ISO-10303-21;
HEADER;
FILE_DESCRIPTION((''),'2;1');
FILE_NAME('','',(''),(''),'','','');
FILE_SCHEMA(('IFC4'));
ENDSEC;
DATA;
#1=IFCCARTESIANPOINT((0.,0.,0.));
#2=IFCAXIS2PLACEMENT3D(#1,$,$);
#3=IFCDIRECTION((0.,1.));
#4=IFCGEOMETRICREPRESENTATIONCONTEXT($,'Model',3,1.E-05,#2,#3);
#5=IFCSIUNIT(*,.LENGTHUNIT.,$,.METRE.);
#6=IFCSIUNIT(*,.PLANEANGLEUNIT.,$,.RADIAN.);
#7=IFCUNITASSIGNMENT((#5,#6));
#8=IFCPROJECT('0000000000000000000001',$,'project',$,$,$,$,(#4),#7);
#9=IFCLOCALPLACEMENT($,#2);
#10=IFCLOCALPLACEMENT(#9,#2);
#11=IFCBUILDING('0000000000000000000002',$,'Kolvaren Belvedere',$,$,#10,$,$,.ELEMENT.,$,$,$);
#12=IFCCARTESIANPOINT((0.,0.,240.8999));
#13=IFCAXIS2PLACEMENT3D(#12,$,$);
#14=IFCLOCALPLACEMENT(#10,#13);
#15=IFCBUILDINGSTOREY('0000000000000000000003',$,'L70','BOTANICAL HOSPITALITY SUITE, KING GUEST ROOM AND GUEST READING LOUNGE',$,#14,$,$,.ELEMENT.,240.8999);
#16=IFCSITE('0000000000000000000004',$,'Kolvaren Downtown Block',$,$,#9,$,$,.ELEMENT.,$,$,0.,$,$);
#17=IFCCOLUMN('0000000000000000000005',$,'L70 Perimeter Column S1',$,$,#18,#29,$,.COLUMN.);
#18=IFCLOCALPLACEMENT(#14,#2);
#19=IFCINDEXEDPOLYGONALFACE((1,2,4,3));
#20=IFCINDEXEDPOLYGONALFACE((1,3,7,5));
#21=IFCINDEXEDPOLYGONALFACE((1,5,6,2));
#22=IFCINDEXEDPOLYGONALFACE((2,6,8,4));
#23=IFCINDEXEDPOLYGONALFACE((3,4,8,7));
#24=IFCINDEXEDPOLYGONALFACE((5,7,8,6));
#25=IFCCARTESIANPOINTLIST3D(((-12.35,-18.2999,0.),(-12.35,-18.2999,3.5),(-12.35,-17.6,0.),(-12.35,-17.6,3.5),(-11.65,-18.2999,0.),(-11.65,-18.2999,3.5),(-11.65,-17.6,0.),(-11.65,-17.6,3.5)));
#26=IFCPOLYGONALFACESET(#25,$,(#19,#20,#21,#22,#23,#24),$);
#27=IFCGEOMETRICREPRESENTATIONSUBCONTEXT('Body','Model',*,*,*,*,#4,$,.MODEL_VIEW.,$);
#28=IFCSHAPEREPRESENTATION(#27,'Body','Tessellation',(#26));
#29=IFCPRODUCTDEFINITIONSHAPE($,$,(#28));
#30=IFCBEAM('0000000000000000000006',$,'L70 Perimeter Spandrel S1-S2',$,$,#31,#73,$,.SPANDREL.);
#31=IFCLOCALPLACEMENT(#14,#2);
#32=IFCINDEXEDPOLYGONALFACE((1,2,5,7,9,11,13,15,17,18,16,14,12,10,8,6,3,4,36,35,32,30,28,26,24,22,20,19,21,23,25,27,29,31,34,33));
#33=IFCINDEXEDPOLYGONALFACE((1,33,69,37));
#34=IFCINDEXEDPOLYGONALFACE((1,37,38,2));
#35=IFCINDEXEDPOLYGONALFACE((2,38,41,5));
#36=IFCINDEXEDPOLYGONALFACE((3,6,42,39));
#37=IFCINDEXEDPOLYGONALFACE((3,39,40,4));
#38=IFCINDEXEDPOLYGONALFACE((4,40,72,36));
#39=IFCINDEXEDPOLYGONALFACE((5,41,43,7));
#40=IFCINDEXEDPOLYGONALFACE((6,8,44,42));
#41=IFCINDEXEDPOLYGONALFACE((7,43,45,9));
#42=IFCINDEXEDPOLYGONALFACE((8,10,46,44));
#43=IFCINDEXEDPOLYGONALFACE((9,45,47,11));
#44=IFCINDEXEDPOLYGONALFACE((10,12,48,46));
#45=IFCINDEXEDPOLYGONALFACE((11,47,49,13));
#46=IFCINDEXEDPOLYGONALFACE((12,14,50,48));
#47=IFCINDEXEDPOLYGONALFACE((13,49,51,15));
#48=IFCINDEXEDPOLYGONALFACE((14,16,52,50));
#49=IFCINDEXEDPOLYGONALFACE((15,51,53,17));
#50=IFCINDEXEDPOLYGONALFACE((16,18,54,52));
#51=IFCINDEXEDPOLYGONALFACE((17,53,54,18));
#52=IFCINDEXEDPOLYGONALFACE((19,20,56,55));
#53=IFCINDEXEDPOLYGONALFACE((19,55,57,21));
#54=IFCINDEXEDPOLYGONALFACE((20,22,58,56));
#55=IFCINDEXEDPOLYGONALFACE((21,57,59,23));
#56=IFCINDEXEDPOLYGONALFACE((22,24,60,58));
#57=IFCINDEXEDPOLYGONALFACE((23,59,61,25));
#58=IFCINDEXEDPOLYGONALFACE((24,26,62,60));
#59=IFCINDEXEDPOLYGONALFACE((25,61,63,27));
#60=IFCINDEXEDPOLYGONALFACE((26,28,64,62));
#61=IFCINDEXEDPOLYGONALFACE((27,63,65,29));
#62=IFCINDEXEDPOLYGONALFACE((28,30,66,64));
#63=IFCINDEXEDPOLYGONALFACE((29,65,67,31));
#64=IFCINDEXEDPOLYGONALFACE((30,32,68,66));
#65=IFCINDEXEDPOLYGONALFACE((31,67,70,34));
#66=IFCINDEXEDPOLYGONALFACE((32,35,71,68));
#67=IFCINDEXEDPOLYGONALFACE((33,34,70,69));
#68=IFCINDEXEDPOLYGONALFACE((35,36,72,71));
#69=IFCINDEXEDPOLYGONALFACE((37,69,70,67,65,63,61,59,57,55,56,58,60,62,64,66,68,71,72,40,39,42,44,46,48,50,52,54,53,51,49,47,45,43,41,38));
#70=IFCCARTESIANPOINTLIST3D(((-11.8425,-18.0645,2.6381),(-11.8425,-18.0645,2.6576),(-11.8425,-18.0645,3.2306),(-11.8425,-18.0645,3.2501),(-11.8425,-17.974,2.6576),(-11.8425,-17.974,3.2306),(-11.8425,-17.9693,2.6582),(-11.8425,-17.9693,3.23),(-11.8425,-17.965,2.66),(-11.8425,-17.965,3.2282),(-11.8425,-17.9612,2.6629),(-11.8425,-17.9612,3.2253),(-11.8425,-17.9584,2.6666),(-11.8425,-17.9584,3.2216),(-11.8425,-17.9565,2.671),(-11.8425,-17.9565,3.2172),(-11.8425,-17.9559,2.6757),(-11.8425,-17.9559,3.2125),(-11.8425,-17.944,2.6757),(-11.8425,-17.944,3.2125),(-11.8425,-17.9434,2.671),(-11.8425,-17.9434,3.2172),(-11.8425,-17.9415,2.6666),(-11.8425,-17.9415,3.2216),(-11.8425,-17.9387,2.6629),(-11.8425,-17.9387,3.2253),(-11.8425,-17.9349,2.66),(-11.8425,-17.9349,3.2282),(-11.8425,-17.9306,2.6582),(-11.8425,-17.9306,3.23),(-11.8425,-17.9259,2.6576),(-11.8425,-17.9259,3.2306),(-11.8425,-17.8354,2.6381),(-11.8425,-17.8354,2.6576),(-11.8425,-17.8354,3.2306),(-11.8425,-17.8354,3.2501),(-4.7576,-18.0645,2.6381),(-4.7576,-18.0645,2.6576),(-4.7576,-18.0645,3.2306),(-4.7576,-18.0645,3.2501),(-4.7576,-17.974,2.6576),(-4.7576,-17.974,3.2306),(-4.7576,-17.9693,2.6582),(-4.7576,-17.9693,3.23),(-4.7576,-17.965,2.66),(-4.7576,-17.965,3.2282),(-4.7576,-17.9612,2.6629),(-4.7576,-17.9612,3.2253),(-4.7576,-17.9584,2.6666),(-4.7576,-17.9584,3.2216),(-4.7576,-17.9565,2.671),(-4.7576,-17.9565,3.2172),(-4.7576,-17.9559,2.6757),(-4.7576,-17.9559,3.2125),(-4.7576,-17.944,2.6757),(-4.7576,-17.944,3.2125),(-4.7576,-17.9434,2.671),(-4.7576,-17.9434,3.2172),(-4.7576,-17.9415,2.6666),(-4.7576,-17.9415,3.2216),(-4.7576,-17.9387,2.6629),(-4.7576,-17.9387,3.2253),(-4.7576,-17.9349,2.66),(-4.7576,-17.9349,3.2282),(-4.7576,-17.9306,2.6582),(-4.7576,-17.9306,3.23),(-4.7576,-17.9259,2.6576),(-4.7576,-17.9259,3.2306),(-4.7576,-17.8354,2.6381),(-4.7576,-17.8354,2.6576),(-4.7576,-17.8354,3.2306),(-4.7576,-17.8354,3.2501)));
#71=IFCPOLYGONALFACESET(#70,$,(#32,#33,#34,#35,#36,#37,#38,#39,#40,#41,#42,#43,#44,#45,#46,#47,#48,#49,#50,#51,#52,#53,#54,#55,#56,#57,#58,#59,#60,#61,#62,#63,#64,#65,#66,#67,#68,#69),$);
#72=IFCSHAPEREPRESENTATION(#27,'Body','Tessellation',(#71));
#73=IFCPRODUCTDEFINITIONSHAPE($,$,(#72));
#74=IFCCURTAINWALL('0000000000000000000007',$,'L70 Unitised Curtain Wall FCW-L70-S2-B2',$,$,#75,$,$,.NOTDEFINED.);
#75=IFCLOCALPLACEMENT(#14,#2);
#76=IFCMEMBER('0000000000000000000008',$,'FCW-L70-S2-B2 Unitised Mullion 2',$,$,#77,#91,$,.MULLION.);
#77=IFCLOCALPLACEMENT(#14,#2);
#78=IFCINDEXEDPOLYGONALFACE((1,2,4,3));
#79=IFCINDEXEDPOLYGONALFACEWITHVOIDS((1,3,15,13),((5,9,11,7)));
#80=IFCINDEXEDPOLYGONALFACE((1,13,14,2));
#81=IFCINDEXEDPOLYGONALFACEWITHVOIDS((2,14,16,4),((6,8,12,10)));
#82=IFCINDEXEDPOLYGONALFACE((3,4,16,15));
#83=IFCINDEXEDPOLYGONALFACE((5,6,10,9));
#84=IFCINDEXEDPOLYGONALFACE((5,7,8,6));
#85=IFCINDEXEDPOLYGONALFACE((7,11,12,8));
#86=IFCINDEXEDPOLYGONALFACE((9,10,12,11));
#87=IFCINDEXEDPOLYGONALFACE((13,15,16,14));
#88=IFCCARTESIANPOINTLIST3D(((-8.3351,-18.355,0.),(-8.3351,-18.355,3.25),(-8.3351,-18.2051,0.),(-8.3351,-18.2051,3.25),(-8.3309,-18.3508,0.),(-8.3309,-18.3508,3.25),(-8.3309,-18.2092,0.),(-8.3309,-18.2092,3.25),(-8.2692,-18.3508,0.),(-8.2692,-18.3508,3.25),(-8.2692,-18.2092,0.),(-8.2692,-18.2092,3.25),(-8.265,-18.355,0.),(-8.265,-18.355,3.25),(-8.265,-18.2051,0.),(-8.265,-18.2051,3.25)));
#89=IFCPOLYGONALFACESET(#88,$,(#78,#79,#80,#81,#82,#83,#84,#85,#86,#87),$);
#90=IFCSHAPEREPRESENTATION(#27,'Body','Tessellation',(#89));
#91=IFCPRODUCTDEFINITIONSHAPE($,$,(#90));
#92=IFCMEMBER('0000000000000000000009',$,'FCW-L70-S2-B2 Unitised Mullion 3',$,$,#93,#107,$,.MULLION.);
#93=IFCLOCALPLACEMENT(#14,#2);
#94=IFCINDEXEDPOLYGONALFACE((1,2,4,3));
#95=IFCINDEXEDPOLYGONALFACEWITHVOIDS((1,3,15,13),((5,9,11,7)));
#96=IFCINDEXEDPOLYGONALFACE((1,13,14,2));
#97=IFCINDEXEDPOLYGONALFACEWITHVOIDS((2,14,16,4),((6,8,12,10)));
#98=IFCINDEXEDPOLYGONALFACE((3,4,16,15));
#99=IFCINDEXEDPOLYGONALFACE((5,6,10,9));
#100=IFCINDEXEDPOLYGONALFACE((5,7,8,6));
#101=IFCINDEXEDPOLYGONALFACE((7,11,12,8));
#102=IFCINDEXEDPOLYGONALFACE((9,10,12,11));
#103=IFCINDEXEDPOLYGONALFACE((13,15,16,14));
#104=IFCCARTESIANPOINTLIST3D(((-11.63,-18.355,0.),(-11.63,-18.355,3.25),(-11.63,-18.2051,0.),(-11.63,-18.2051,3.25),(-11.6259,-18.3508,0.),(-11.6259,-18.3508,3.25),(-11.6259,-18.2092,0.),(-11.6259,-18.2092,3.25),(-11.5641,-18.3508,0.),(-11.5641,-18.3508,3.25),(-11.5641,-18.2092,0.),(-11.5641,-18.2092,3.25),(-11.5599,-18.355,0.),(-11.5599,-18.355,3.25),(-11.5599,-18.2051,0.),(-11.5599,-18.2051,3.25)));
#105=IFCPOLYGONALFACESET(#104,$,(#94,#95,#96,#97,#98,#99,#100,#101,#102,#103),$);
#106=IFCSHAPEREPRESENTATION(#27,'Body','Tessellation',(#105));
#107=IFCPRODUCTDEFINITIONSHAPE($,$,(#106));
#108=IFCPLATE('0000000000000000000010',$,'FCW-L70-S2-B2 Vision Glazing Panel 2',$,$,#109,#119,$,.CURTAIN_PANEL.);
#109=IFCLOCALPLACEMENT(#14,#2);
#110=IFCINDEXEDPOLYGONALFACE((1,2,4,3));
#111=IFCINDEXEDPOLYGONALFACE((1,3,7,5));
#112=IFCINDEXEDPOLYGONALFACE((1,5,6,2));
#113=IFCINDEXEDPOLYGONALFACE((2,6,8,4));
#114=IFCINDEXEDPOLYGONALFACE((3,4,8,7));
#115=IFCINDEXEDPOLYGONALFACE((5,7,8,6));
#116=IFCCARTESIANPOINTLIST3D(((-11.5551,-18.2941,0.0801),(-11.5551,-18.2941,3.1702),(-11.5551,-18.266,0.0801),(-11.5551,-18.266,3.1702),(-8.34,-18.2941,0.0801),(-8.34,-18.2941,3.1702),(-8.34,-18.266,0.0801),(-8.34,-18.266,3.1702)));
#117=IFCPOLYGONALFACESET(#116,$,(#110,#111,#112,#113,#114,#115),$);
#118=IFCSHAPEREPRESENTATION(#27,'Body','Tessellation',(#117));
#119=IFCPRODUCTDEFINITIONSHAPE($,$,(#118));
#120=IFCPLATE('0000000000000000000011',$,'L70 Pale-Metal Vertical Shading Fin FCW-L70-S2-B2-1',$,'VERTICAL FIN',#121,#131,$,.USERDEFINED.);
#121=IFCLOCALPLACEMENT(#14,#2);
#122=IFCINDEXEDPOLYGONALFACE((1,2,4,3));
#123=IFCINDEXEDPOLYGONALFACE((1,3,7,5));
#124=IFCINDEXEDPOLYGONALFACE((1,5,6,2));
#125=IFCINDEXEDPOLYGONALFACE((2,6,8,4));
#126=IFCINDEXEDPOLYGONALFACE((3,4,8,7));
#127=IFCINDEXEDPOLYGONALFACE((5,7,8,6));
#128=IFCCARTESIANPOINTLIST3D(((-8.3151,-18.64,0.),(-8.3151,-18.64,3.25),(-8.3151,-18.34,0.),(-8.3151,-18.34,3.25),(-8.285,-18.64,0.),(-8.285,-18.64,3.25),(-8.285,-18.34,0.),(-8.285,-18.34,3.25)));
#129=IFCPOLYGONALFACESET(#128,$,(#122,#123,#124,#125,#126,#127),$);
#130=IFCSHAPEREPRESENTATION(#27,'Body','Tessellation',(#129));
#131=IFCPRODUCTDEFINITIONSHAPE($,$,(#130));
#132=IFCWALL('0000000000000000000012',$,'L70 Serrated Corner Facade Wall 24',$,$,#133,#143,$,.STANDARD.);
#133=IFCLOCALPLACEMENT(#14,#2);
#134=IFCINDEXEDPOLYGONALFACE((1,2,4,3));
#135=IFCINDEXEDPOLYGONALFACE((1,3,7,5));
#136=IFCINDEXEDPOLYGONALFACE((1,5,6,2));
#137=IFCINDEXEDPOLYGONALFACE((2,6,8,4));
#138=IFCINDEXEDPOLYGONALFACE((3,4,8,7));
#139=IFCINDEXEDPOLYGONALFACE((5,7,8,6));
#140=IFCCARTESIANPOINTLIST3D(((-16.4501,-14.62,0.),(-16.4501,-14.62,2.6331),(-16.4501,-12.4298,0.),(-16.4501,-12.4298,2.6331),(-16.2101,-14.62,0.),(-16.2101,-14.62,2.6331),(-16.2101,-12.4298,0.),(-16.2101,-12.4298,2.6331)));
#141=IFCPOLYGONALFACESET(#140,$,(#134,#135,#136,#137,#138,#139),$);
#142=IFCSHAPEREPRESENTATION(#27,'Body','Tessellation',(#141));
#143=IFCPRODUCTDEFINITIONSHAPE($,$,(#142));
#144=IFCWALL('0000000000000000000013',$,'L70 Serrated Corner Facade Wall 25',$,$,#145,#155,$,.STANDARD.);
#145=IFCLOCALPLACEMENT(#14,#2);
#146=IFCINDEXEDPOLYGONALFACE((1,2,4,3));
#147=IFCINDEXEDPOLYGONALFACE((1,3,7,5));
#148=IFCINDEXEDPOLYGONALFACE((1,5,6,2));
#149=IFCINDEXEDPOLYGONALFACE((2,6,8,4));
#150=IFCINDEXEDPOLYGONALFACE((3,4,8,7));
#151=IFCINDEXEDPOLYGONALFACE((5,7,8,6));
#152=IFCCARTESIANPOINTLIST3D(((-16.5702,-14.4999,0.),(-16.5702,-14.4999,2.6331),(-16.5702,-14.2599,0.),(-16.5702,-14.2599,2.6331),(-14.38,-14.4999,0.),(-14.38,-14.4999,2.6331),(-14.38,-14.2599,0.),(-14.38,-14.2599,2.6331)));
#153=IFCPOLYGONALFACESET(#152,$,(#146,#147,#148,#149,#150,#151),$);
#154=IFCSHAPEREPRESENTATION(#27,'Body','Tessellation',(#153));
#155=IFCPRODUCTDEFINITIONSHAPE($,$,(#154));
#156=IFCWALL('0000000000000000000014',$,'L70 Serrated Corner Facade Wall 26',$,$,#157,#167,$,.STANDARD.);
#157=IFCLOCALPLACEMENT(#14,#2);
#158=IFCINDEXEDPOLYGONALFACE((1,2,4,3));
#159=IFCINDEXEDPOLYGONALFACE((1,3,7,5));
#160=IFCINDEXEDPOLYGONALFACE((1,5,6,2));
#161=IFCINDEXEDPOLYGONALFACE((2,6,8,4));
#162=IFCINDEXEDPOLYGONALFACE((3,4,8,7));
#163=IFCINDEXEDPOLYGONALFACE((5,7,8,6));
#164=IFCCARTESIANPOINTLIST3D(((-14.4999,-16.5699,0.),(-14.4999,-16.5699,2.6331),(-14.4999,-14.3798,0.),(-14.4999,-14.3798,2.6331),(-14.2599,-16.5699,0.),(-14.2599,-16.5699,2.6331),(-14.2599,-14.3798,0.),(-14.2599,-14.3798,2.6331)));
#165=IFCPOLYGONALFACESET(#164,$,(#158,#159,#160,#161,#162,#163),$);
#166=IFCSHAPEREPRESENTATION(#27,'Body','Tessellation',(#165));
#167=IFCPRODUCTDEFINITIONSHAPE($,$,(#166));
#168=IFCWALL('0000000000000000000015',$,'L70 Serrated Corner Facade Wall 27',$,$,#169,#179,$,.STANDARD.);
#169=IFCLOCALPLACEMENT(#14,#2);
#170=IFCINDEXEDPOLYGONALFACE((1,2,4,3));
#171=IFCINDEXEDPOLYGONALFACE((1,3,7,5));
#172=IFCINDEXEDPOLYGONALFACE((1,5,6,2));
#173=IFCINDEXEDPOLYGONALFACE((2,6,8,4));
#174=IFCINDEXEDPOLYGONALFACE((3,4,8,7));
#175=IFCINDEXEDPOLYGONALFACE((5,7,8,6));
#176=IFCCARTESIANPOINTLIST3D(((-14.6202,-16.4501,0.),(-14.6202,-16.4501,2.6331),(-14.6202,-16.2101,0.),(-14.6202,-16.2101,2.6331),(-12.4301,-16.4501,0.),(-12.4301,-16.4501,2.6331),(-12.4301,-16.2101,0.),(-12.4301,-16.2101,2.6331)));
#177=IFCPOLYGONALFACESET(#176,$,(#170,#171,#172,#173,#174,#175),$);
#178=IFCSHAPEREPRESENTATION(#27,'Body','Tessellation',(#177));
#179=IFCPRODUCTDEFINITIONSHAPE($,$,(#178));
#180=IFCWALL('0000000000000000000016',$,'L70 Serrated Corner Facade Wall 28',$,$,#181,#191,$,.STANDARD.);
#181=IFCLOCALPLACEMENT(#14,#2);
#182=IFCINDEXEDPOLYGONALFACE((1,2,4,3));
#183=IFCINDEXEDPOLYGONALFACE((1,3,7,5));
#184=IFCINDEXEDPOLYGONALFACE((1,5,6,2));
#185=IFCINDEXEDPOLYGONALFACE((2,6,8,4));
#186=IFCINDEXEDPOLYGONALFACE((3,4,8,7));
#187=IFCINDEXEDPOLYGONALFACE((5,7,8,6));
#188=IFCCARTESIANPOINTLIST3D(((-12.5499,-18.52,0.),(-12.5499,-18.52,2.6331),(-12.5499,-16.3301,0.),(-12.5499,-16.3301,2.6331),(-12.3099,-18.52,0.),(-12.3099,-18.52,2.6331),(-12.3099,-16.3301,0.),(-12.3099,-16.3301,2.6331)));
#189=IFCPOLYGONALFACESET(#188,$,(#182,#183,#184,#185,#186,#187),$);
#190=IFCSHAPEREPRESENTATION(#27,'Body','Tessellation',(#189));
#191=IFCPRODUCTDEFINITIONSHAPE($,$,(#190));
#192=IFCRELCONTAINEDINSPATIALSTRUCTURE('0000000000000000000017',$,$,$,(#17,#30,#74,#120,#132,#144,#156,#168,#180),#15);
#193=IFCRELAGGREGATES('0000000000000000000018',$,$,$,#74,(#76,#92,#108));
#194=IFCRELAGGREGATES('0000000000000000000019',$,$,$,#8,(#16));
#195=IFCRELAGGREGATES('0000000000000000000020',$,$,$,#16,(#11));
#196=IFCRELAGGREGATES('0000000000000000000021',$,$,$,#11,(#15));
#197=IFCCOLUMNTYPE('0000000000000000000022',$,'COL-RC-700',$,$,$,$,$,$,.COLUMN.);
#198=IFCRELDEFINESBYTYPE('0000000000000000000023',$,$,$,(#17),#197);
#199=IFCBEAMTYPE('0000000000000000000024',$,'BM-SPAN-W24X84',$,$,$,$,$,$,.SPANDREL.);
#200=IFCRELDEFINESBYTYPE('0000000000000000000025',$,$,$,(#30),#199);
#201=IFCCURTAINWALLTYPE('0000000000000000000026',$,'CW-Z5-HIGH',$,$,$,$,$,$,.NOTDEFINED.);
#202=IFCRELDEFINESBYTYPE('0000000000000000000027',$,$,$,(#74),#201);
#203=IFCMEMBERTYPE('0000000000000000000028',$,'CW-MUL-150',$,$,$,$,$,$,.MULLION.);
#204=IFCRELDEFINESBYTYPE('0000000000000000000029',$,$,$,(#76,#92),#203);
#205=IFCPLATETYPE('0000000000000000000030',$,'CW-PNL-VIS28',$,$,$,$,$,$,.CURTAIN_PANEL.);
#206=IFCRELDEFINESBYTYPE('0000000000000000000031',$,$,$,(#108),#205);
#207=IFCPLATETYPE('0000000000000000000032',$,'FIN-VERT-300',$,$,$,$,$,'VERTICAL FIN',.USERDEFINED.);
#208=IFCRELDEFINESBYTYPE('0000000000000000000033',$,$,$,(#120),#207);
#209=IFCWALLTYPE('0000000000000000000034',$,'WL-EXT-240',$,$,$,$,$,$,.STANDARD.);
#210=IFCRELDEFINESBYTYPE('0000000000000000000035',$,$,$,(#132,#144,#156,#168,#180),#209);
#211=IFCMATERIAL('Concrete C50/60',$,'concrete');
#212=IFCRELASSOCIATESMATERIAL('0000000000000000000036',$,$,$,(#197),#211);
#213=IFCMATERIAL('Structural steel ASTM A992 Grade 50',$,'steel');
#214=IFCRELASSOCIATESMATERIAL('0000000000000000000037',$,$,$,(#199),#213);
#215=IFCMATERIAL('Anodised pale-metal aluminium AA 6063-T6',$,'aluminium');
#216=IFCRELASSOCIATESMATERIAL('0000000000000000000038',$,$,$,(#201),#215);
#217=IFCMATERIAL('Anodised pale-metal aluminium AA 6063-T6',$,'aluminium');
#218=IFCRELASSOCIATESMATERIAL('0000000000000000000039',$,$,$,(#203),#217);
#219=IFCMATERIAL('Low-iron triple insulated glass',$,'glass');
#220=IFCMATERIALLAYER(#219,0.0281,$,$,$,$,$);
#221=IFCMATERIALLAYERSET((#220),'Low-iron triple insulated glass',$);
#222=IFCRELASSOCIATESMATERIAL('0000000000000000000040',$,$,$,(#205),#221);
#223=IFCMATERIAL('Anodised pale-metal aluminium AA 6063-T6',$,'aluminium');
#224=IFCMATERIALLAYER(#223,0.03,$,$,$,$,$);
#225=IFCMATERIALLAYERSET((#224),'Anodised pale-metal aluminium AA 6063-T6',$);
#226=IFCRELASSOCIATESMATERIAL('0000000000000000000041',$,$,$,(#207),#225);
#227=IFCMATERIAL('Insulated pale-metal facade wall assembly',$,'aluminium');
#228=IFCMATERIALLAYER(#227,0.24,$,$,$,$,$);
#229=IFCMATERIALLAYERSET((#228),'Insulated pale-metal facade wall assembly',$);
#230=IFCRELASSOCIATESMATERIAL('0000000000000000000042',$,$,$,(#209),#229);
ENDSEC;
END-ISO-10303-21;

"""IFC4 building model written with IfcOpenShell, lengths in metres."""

from ifc_helpers import new_model, si_unit, direction, frame, frame_2d, origin, origin_2d, place, context, subcontext, project, spatial, rectangle, hollow_rectangle, i_section, extrude, material, layer, layer_set, material_profile, profile_set, type_object, element, aggregate, save


model = new_model("IFC4")

# Units and contexts
model_context = context("Model", 3, precision=1e-05, world=origin(), true_north=direction((0.0, 1.0)))
body_context = subcontext(model_context, "Body", "Model", "MODEL_VIEW")
ifc_project = project(units=[si_unit("LENGTHUNIT", "METRE"), si_unit("PLANEANGLEUNIT", "RADIAN")], contexts=[model_context])

# Site, building, storey
site_placement = place(None, origin())
site = spatial("IfcSite", under=ifc_project, at=site_placement, Name="Kolvaren Downtown Block", CompositionType="ELEMENT", RefElevation=0.0)
building_placement = place(site_placement, origin())
building = spatial("IfcBuilding", under=site, at=building_placement, Name="Kolvaren Belvedere", CompositionType="ELEMENT")
storey_placement = place(building_placement, frame((0.0, 0.0, 240.8999)))
storey = spatial("IfcBuildingStorey", under=building, at=storey_placement, Name="L70", Description="BOTANICAL HOSPITALITY SUITE, KING GUEST ROOM AND GUEST READING LOUNGE", CompositionType="ELEMENT", Elevation=240.8999)

# Column
ifc_material_1 = material(Name="Concrete C50/60", Category="concrete")
ifc_material_profile_1 = material_profile(ifc_material_1, rectangle(XDim=0.7, YDim=0.7, at=origin_2d()), Name="RC 700X700")
ifc_profile_set_1 = profile_set([ifc_material_profile_1], Name="Concrete C50/60")
column_type = type_object("IfcColumnType", Name="COL-RC-700", PredefinedType="COLUMN", material=ifc_profile_set_1)
column_placement = place(storey_placement, frame((-12.0, -17.95, 0.0), z_axis=(0.0, 0.0, 1.0), x_axis=(1.0, 0.0, 0.0)))
element("IfcColumn", 1, at=column_placement, inside=storey, type_object=column_type, Name="L70 Perimeter Column S1", PredefinedType="COLUMN", context=body_context, shape_type="SweptSolid", body=[
    extrude(rectangle(XDim=0.7, YDim=0.7, at=origin_2d()), origin(), (0.0, 0.0, 1.0), 3.5),
])

# Beam
ifc_material_2 = material(Name="Structural steel ASTM A992 Grade 50", Category="steel")
ifc_material_profile_2 = material_profile(ifc_material_2, i_section(OverallWidth=0.229, OverallDepth=0.6121, WebThickness=0.012, FlangeThickness=0.0195, FilletRadius=0.0181, at=origin_2d()), Name="W24X84")
ifc_profile_set_2 = profile_set([ifc_material_profile_2], Name="Structural steel ASTM A992 Grade 50")
beam_type = type_object("IfcBeamType", Name="BM-SPAN-W24X84", PredefinedType="SPANDREL", material=ifc_profile_set_2)
beam_placement = place(storey_placement, frame((-11.8425, -17.95, 2.9441), z_axis=(1.0, 0.0, 0.0), x_axis=(0.0, 1.0, 0.0)))
element("IfcBeam", 2, at=beam_placement, inside=storey, type_object=beam_type, Name="L70 Perimeter Spandrel S1-S2", PredefinedType="SPANDREL", context=body_context, shape_type="SweptSolid", body=[
    extrude(i_section(OverallWidth=0.229, OverallDepth=0.6121, WebThickness=0.012, FlangeThickness=0.0195, FilletRadius=0.0181, at=origin_2d()), origin(), (0.0, 0.0, 1.0), 7.085),
])

# Curtain wall, members, plate
ifc_material_3 = material(Name="Anodised pale-metal aluminium AA 6063-T6", Category="aluminium")
curtain_wall_type = type_object("IfcCurtainWallType", Name="CW-Z5-HIGH", PredefinedType="NOTDEFINED", material=ifc_material_3)
curtain_wall_placement = place(storey_placement, origin())
curtain_wall = element("IfcCurtainWall", 3, at=curtain_wall_placement, inside=storey, type_object=curtain_wall_type, Name="L70 Unitised Curtain Wall FCW-L70-S2-B2", PredefinedType="NOTDEFINED")
ifc_material_4 = material(Name="Anodised pale-metal aluminium AA 6063-T6", Category="aluminium")
ifc_material_profile_3 = material_profile(ifc_material_4, hollow_rectangle(XDim=0.0701, YDim=0.1499, WallThickness=0.0042, at=origin_2d()), Name="ALU-MUL-150X70")
ifc_profile_set_3 = profile_set([ifc_material_profile_3], Name="Anodised pale-metal aluminium AA 6063-T6")
member_type = type_object("IfcMemberType", Name="CW-MUL-150", PredefinedType="MULLION", material=ifc_profile_set_3)
member_1_placement = place(storey_placement, frame((-8.3, -18.28, 0.0), z_axis=(0.0, 0.0, 1.0), x_axis=(1.0, 0.0, 0.0)))
member_1 = element("IfcMember", 4, at=member_1_placement, type_object=member_type, Name="FCW-L70-S2-B2 Unitised Mullion 2", PredefinedType="MULLION", context=body_context, shape_type="SweptSolid", body=[
    extrude(hollow_rectangle(XDim=0.0701, YDim=0.1499, WallThickness=0.0042, at=origin_2d()), origin(), (0.0, 0.0, 1.0), 3.25),
])
member_2_placement = place(storey_placement, frame((-11.595, -18.28, 0.0), z_axis=(0.0, 0.0, 1.0), x_axis=(1.0, 0.0, 0.0)))
member_2 = element("IfcMember", 5, at=member_2_placement, type_object=member_type, Name="FCW-L70-S2-B2 Unitised Mullion 3", PredefinedType="MULLION", context=body_context, shape_type="SweptSolid", body=[
    extrude(hollow_rectangle(XDim=0.0701, YDim=0.1499, WallThickness=0.0042, at=origin_2d()), origin(), (0.0, 0.0, 1.0), 3.25),
])
ifc_material_5 = material(Name="Low-iron triple insulated glass", Category="glass")
ifc_layer_1 = layer(ifc_material_5, 0.0281)
ifc_layer_set_1 = layer_set([ifc_layer_1], Name="Low-iron triple insulated glass")
plate_type_1 = type_object("IfcPlateType", Name="CW-PNL-VIS28", PredefinedType="CURTAIN_PANEL", material=ifc_layer_set_1)
plate_1_placement = place(storey_placement, frame((-9.9475, -18.28, 0.0801), z_axis=(0.0, 0.0, 1.0), x_axis=(-1.0, 0.0, 0.0)))
plate_1 = element("IfcPlate", 6, at=plate_1_placement, type_object=plate_type_1, Name="FCW-L70-S2-B2 Vision Glazing Panel 2", PredefinedType="CURTAIN_PANEL", context=body_context, shape_type="SweptSolid", body=[
    extrude(rectangle(XDim=3.2151, YDim=0.0281, at=origin_2d()), origin(), (0.0, 0.0, 1.0), 3.0901),
])
aggregate(curtain_wall, [member_1, member_2, plate_1])

# Plate
ifc_material_6 = material(Name="Anodised pale-metal aluminium AA 6063-T6", Category="aluminium")
ifc_layer_2 = layer(ifc_material_6, 0.03)
ifc_layer_set_2 = layer_set([ifc_layer_2], Name="Anodised pale-metal aluminium AA 6063-T6")
plate_type_2 = type_object("IfcPlateType", Name="FIN-VERT-300", ElementType="VERTICAL FIN", PredefinedType="USERDEFINED", material=ifc_layer_set_2)
plate_2_placement = place(storey_placement, frame((-8.3, -18.49, 0.0), z_axis=(0.0, 0.0, 1.0), x_axis=(0.0, 1.0, 0.0)))
element("IfcPlate", 7, at=plate_2_placement, inside=storey, type_object=plate_type_2, Name="L70 Pale-Metal Vertical Shading Fin FCW-L70-S2-B2-1", ObjectType="VERTICAL FIN", PredefinedType="USERDEFINED", context=body_context, shape_type="SweptSolid", body=[
    extrude(rectangle(XDim=0.3, YDim=0.03, at=origin_2d()), origin(), (0.0, 0.0, 1.0), 3.25),
])

# Walls
ifc_material_7 = material(Name="Insulated pale-metal facade wall assembly", Category="aluminium")
ifc_layer_3 = layer(ifc_material_7, 0.24)
ifc_layer_set_3 = layer_set([ifc_layer_3], Name="Insulated pale-metal facade wall assembly")
wall_type_1 = type_object("IfcWallType", Name="WL-EXT-240", PredefinedType="STANDARD", material=ifc_layer_set_3)
for number, where, z_axis, x_axis, name in (
    (8, (-16.3301, -14.6201, 0.0), (0.0, 0.0, 1.0), (0.0, 1.0, 0.0), "L70 Serrated Corner Facade Wall 24"),
    (9, (-14.3799, -14.3799, 0.0), (0.0, 0.0, 1.0), (-1.0, 0.0, 0.0), "L70 Serrated Corner Facade Wall 25"),
    (10, (-14.3799, -16.5701, 0.0), (0.0, 0.0, 1.0), (0.0, 1.0, 0.0), "L70 Serrated Corner Facade Wall 26"),
    (11, (-12.4299, -16.3301, 0.0), (0.0, 0.0, 1.0), (-1.0, 0.0, 0.0), "L70 Serrated Corner Facade Wall 27"),
):
    element("IfcWall", number, at=place(storey_placement, frame(where, z_axis=z_axis, x_axis=x_axis)), inside=storey, type_object=wall_type_1, Name=name, PredefinedType="STANDARD", context=body_context, shape_type="SweptSolid", body=[
        extrude(rectangle(XDim=2.1902, YDim=0.24, at=frame_2d((1.0952, 0.0))), origin(), (0.0, 0.0, 1.0), 2.6331),
    ])
wall_1_placement = place(storey_placement, frame((-12.4299, -18.52, 0.0), z_axis=(0.0, 0.0, 1.0), x_axis=(0.0, 1.0, 0.0)))
element("IfcWall", 12, at=wall_1_placement, inside=storey, type_object=wall_type_1, Name="L70 Serrated Corner Facade Wall 28", PredefinedType="STANDARD", context=body_context, shape_type="SweptSolid", body=[
    extrude(rectangle(XDim=2.1899, YDim=0.24, at=frame_2d((1.095, 0.0))), origin(), (0.0, 0.0, 1.0), 2.6331),
])

save(model, "model.ifc")
